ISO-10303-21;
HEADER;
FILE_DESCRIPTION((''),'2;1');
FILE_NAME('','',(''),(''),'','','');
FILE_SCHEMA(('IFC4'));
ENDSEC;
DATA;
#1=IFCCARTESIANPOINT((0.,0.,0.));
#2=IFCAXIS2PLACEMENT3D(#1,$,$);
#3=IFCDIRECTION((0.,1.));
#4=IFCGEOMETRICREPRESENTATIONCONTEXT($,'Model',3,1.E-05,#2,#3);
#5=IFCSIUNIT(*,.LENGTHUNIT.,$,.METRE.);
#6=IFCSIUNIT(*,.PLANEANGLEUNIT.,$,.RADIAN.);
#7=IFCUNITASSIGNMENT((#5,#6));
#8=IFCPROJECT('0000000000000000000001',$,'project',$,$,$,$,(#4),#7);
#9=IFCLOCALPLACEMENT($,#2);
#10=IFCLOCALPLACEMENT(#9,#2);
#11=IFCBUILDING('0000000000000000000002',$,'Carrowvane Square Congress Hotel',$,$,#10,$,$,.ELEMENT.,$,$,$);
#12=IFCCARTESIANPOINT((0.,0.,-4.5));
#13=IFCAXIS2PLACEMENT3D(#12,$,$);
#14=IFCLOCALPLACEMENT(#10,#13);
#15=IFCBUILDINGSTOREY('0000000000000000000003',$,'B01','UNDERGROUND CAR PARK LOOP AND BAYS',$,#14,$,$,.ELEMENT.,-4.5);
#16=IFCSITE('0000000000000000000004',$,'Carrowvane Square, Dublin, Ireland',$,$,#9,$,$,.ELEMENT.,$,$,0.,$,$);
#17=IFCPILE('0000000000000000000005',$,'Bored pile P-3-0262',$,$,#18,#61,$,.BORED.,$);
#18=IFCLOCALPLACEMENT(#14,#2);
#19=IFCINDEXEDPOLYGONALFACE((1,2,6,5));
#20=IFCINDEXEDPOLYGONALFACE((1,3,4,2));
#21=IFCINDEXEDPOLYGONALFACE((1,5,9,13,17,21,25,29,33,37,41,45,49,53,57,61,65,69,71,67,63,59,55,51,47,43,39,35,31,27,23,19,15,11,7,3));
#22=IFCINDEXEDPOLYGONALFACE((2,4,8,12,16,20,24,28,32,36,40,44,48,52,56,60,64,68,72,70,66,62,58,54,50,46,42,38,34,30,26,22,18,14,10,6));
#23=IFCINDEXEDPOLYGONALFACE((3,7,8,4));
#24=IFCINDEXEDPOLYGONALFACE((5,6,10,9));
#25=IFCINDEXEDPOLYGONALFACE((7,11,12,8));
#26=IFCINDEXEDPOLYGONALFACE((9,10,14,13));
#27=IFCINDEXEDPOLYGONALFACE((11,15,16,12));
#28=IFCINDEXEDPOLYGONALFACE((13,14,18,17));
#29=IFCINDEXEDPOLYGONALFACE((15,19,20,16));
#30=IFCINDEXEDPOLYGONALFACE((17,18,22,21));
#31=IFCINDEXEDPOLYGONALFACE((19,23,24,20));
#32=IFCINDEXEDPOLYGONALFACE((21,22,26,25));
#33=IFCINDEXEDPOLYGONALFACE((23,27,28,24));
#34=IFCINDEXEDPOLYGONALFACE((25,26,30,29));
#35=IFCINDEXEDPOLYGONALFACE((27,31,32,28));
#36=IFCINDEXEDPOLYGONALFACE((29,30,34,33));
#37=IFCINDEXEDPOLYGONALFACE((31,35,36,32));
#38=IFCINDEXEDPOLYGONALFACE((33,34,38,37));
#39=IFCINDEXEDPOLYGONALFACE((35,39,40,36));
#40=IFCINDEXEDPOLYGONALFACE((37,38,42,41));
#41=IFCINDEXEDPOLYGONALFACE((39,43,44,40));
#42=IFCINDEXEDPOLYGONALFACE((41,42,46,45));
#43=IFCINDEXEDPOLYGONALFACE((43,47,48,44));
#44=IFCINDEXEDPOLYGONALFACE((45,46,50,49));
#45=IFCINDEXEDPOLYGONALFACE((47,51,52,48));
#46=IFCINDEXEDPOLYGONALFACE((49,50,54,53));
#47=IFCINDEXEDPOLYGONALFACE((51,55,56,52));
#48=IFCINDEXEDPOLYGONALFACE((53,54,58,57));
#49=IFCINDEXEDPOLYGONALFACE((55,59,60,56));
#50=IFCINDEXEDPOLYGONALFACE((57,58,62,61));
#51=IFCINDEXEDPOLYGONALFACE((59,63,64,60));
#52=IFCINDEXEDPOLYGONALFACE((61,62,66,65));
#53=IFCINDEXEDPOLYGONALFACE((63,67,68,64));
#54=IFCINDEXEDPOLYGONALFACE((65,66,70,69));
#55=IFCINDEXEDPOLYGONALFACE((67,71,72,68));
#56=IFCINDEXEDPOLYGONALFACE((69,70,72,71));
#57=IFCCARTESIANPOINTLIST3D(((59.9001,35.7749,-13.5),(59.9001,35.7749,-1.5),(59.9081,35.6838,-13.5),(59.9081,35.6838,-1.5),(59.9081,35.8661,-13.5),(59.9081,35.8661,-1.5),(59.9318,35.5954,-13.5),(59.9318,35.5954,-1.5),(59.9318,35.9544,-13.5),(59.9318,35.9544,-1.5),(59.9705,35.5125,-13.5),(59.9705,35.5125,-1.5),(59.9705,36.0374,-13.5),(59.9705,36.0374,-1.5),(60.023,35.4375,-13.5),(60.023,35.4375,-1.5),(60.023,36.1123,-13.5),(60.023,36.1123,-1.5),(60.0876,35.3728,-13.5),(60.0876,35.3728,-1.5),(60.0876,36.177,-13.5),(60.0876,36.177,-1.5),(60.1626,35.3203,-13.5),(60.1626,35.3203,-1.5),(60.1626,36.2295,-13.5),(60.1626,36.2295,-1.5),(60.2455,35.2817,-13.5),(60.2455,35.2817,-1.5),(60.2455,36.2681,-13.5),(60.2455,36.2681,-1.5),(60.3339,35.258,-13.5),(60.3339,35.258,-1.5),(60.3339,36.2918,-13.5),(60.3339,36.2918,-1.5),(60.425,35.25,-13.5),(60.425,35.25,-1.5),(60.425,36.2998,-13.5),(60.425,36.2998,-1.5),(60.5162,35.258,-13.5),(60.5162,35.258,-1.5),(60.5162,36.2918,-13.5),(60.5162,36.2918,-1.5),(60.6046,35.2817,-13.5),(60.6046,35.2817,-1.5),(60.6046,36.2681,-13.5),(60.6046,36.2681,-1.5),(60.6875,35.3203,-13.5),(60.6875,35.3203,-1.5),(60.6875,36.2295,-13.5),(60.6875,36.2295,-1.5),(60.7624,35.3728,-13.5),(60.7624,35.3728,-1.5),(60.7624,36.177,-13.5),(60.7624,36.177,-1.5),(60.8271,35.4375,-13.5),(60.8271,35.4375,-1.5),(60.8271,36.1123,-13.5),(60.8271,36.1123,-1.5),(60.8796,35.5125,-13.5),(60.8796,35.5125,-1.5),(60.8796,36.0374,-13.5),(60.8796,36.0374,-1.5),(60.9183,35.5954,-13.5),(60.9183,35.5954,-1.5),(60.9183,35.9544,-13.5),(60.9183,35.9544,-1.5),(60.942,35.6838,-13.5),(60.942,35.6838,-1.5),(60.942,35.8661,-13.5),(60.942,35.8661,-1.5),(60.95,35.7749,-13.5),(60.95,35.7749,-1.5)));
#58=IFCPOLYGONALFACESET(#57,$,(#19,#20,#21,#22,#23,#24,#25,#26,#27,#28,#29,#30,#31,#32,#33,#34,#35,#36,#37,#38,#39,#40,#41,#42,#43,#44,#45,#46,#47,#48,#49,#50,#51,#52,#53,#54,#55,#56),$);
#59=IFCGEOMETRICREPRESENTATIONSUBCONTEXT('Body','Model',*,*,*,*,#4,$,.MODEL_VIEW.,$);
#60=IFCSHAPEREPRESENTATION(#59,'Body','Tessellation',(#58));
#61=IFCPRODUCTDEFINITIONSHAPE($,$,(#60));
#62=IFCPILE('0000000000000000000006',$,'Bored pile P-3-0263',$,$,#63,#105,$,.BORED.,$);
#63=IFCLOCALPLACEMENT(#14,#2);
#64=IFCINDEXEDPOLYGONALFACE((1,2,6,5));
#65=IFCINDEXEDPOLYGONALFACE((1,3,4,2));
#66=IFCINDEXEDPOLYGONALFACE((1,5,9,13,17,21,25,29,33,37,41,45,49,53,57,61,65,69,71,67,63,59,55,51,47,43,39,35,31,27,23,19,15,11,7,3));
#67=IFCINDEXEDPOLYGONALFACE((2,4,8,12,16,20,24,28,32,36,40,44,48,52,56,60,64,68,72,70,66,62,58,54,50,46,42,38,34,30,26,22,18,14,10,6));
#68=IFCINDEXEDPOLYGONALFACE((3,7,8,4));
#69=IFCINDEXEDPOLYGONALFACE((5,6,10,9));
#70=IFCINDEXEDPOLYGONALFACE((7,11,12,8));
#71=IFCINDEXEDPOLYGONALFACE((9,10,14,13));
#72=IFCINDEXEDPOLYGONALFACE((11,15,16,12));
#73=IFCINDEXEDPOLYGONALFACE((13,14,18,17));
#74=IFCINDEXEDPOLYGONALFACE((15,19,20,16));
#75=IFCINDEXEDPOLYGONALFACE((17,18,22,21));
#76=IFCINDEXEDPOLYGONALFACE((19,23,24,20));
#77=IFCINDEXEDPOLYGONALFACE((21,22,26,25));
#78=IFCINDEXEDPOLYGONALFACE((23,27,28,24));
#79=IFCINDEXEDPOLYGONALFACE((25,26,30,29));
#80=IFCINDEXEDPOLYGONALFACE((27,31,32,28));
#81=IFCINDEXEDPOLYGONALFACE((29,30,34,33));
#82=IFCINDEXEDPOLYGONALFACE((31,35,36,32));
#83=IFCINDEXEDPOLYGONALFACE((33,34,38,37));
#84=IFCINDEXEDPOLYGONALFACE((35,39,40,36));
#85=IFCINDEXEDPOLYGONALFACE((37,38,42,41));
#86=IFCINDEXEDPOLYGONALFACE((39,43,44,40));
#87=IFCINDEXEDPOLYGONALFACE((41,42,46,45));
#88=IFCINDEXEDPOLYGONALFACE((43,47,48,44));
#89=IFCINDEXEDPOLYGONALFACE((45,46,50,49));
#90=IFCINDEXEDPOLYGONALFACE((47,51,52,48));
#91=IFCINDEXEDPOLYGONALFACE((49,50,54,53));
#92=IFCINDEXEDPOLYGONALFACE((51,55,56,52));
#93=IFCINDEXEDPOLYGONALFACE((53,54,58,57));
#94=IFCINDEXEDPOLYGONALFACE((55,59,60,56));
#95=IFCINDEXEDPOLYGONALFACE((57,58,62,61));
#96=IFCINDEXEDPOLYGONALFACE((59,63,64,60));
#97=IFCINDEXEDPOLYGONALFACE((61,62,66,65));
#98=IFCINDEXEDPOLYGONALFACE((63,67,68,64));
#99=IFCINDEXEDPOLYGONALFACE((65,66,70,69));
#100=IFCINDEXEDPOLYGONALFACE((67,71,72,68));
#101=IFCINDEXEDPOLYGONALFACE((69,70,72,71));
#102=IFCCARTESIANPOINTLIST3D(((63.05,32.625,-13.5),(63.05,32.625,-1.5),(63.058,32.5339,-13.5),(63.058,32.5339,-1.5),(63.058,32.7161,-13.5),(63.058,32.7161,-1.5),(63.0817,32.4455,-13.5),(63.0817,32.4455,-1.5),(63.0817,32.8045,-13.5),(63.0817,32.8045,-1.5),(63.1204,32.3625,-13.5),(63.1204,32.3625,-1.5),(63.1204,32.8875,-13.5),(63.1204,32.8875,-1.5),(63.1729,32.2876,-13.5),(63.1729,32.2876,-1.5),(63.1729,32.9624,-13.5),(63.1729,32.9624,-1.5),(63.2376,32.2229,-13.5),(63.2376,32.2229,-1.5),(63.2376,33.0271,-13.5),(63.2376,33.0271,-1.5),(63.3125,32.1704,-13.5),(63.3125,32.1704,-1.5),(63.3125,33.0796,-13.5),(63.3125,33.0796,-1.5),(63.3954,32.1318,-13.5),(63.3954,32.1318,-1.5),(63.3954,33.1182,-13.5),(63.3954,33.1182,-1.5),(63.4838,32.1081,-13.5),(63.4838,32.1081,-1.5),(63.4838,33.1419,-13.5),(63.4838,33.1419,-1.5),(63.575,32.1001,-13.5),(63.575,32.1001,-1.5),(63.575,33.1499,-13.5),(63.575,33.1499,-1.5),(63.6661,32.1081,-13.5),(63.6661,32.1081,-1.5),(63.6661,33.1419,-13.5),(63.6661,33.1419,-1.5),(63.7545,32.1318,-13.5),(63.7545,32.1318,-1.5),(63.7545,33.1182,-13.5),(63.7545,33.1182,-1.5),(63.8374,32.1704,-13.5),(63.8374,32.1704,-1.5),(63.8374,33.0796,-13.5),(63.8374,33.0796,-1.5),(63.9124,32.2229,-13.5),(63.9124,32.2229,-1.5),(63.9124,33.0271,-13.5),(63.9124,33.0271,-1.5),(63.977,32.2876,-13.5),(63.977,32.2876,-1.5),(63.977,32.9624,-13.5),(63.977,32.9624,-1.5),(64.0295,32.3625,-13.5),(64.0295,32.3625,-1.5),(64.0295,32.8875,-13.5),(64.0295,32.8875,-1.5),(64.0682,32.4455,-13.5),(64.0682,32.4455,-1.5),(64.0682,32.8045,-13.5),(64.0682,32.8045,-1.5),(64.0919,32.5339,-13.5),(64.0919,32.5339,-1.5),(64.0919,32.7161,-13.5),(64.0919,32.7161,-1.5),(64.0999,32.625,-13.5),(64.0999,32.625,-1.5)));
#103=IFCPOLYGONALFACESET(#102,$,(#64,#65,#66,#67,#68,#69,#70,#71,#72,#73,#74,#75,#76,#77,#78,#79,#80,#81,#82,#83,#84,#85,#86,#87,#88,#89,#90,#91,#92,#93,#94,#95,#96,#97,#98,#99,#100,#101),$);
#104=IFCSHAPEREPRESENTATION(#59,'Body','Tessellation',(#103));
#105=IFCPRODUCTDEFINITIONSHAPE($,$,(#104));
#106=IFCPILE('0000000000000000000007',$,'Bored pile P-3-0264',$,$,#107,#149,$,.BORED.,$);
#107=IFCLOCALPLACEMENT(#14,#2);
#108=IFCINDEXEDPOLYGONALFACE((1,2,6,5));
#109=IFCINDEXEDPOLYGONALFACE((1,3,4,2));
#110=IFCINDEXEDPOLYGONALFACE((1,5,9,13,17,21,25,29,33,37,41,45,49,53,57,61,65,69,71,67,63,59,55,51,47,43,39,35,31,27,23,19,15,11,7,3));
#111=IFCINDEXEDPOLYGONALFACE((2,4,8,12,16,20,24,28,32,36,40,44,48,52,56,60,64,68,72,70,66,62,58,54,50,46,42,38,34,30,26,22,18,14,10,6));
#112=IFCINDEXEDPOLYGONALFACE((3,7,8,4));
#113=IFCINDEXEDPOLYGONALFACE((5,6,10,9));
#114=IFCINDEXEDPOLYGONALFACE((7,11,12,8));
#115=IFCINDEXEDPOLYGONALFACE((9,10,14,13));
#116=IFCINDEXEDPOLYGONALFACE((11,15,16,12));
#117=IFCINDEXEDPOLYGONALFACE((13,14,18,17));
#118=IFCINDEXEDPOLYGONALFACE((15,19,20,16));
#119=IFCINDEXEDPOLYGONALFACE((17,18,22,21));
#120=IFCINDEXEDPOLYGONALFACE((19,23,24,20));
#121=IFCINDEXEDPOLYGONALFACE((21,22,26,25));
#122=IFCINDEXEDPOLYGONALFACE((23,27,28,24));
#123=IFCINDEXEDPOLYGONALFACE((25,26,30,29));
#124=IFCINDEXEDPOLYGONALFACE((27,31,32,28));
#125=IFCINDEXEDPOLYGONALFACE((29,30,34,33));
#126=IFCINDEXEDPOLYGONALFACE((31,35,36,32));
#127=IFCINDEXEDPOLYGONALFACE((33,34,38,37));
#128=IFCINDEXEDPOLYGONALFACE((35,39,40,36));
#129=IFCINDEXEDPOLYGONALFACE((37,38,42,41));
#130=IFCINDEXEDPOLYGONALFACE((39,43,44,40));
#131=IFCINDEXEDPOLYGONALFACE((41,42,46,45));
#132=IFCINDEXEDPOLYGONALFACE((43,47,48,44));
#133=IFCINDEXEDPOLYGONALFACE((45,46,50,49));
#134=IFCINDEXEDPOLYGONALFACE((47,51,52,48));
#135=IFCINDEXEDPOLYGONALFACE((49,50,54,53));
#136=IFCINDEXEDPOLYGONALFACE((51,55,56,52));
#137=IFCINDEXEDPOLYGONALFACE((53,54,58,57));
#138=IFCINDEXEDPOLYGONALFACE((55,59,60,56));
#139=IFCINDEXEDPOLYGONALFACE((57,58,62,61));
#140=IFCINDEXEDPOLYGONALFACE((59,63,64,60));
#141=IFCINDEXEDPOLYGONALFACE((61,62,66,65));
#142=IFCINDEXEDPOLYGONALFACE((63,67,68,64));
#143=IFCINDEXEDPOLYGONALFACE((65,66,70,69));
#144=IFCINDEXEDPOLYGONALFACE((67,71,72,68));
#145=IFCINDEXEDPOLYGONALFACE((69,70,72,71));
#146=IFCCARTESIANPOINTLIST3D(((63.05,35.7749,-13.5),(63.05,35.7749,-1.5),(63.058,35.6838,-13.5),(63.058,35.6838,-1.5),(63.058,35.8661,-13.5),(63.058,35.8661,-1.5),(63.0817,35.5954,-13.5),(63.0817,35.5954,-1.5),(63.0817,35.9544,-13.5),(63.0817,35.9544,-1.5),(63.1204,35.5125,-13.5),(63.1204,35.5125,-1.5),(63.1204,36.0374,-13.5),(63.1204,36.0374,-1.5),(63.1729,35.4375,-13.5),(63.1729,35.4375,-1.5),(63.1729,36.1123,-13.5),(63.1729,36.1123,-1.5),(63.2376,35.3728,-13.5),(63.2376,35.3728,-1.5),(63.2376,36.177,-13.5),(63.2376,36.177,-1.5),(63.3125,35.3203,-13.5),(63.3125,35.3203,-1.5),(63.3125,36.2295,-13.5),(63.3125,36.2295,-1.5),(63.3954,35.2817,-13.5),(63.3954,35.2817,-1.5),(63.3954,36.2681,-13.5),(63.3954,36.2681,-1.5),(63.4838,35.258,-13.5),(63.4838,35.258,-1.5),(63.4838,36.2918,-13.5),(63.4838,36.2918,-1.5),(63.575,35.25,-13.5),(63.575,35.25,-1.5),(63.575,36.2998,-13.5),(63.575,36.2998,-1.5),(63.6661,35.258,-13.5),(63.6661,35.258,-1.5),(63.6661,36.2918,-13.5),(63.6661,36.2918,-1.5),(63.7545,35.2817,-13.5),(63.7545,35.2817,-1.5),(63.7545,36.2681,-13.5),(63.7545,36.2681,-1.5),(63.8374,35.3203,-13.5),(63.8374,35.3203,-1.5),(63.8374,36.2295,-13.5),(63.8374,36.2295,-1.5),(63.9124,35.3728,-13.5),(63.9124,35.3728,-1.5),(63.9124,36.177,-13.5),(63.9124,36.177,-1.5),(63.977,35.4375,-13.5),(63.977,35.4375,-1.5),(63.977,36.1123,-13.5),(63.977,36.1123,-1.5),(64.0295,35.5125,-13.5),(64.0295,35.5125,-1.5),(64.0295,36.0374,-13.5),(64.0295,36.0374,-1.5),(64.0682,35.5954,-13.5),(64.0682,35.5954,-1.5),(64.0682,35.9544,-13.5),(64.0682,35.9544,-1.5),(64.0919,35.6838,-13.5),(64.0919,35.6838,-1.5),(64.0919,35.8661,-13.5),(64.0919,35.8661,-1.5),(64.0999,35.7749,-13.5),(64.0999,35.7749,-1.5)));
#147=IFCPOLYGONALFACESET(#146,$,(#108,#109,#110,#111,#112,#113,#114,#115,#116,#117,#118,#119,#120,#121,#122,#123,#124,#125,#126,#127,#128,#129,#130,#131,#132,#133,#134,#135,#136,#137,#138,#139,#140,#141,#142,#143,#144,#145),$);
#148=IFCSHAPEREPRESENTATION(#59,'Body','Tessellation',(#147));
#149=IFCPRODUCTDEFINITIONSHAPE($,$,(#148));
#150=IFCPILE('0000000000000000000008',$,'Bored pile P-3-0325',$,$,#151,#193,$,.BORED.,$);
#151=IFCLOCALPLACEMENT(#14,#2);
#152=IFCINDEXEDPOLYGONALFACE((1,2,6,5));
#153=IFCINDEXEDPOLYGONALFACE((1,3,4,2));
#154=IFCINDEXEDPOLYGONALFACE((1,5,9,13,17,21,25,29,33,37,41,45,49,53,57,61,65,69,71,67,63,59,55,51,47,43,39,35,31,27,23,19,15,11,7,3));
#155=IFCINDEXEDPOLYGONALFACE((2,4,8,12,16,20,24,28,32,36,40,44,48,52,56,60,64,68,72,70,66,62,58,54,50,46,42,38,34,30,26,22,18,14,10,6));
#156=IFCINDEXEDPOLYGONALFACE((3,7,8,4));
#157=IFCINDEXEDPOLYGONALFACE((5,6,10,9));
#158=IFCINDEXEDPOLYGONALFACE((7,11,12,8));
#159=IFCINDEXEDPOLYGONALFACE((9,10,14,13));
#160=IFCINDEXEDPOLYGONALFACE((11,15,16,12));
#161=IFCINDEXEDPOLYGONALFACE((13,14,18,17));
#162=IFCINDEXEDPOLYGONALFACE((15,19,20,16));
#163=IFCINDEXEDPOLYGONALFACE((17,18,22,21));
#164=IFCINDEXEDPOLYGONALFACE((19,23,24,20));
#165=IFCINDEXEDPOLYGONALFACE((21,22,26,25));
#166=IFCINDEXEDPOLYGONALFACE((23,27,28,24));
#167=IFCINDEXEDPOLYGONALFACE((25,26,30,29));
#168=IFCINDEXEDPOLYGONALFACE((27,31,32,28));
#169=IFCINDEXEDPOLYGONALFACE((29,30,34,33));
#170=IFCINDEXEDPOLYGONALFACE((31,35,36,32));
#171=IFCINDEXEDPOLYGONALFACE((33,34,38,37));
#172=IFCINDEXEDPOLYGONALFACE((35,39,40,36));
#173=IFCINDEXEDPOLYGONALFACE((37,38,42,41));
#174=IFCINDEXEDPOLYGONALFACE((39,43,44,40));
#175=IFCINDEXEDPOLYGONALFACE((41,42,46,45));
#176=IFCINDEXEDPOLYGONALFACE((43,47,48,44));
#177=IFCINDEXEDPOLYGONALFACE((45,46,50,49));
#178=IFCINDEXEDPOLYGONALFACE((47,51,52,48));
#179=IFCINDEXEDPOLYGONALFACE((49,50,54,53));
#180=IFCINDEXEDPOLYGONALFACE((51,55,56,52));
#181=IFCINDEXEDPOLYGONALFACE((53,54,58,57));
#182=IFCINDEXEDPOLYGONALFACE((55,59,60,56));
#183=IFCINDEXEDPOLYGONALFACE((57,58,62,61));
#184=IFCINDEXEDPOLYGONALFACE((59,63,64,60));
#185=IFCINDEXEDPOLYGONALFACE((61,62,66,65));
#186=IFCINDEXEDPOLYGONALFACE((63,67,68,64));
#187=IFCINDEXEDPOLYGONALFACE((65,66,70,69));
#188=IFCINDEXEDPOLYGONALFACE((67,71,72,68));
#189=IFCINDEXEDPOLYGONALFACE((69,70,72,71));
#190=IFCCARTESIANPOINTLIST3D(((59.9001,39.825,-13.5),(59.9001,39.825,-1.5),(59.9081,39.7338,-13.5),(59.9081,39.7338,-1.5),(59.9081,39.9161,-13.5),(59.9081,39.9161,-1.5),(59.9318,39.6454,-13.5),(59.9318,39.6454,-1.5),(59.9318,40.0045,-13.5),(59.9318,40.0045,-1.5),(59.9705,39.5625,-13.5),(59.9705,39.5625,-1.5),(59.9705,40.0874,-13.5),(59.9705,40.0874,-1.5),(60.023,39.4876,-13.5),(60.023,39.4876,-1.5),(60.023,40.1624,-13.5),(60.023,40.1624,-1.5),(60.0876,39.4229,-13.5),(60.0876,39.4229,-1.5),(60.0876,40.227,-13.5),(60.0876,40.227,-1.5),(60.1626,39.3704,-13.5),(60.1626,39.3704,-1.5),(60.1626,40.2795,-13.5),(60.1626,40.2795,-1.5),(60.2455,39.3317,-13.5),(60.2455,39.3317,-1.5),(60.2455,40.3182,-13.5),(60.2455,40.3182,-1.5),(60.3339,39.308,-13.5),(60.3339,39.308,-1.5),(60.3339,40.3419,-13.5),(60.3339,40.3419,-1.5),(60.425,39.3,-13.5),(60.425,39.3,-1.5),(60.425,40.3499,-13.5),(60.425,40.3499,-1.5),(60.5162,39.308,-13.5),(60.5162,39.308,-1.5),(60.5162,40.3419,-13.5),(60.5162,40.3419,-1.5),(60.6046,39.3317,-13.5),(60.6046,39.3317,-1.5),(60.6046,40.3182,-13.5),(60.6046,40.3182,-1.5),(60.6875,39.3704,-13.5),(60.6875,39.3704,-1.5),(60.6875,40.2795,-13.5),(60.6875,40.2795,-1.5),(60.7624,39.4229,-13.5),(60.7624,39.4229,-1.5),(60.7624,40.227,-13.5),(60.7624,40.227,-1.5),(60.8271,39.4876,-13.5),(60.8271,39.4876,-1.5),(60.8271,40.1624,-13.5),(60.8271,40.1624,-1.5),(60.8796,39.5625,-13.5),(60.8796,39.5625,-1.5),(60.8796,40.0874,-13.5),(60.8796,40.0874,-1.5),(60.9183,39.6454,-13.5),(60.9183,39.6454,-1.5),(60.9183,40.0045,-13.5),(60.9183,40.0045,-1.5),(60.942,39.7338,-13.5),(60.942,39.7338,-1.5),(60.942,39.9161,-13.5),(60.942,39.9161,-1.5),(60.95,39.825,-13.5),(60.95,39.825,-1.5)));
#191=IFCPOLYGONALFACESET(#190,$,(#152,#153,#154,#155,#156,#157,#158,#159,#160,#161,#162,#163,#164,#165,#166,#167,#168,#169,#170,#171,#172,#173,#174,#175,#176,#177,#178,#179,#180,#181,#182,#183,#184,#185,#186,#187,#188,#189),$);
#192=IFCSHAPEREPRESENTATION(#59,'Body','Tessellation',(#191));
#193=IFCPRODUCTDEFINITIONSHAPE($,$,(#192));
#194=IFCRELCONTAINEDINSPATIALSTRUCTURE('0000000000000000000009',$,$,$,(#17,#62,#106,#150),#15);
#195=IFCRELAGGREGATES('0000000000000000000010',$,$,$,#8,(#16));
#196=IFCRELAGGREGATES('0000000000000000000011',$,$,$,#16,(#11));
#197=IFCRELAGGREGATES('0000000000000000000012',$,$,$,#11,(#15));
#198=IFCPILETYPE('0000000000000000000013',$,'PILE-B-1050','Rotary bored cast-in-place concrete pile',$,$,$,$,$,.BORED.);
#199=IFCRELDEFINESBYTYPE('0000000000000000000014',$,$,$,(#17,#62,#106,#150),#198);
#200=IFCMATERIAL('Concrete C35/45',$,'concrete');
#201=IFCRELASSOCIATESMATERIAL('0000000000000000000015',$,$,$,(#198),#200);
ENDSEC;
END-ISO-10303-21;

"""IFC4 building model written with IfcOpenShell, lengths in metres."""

from ifc_helpers import new_model, si_unit, direction, frame, origin, origin_2d, place, context, subcontext, project, spatial, circle, extrude, material, material_profile, profile_set, type_object, element, save


model = new_model("IFC4")

# Units and contexts
model_context = context("Model", 3, precision=1e-05, world=origin(), true_north=direction((0.0, 1.0)))
body_context = subcontext(model_context, "Body", "Model", "MODEL_VIEW")
ifc_project = project(units=[si_unit("LENGTHUNIT", "METRE"), si_unit("PLANEANGLEUNIT", "RADIAN")], contexts=[model_context])

# Site, building, storey
site_placement = place(None, origin())
site = spatial("IfcSite", under=ifc_project, at=site_placement, Name="Carrowvane Square, Dublin, Ireland", CompositionType="ELEMENT", RefElevation=0.0)
building_placement = place(site_placement, origin())
building = spatial("IfcBuilding", under=site, at=building_placement, Name="Carrowvane Square Congress Hotel", CompositionType="ELEMENT")
storey_placement = place(building_placement, frame((0.0, 0.0, -4.5)))
storey = spatial("IfcBuildingStorey", under=building, at=storey_placement, Name="B01", Description="UNDERGROUND CAR PARK LOOP AND BAYS", CompositionType="ELEMENT", Elevation=-4.5)

# Piles
ifc_material_1 = material(Name="Concrete C35/45", Category="concrete")
ifc_material_profile_1 = material_profile(ifc_material_1, circle(Radius=0.5249, at=origin_2d()), Name="PILE D1050")
ifc_profile_set_1 = profile_set([ifc_material_profile_1], Name="Concrete C35/45")
pile_type_1 = type_object("IfcPileType", Name="PILE-B-1050", Description="Rotary bored cast-in-place concrete pile", PredefinedType="BORED", material=ifc_profile_set_1)
for number, where, z_axis, x_axis, name in (
    (1, (60.425, 35.7749, -1.5), (0.0, 0.0, -1.0), (1.0, 0.0, 0.0), "Bored pile P-3-0262"),
    (2, (63.575, 32.625, -1.5), (0.0, 0.0, -1.0), (1.0, 0.0, 0.0), "Bored pile P-3-0263"),
    (3, (63.575, 35.7749, -1.5), (0.0, 0.0, -1.0), (1.0, 0.0, 0.0), "Bored pile P-3-0264"),
    (4, (60.425, 39.825, -1.5), (0.0, 0.0, -1.0), (1.0, 0.0, 0.0), "Bored pile P-3-0325"),
):
    element("IfcPile", number, at=place(storey_placement, frame(where, z_axis=z_axis, x_axis=x_axis)), inside=storey, type_object=pile_type_1, Name=name, PredefinedType="BORED", context=body_context, shape_type="SweptSolid", body=[
        extrude(circle(Radius=0.5249, at=origin_2d()), origin(), (0.0, 0.0, 1.0), 12.0),
    ])

save(model, "model.ifc")
